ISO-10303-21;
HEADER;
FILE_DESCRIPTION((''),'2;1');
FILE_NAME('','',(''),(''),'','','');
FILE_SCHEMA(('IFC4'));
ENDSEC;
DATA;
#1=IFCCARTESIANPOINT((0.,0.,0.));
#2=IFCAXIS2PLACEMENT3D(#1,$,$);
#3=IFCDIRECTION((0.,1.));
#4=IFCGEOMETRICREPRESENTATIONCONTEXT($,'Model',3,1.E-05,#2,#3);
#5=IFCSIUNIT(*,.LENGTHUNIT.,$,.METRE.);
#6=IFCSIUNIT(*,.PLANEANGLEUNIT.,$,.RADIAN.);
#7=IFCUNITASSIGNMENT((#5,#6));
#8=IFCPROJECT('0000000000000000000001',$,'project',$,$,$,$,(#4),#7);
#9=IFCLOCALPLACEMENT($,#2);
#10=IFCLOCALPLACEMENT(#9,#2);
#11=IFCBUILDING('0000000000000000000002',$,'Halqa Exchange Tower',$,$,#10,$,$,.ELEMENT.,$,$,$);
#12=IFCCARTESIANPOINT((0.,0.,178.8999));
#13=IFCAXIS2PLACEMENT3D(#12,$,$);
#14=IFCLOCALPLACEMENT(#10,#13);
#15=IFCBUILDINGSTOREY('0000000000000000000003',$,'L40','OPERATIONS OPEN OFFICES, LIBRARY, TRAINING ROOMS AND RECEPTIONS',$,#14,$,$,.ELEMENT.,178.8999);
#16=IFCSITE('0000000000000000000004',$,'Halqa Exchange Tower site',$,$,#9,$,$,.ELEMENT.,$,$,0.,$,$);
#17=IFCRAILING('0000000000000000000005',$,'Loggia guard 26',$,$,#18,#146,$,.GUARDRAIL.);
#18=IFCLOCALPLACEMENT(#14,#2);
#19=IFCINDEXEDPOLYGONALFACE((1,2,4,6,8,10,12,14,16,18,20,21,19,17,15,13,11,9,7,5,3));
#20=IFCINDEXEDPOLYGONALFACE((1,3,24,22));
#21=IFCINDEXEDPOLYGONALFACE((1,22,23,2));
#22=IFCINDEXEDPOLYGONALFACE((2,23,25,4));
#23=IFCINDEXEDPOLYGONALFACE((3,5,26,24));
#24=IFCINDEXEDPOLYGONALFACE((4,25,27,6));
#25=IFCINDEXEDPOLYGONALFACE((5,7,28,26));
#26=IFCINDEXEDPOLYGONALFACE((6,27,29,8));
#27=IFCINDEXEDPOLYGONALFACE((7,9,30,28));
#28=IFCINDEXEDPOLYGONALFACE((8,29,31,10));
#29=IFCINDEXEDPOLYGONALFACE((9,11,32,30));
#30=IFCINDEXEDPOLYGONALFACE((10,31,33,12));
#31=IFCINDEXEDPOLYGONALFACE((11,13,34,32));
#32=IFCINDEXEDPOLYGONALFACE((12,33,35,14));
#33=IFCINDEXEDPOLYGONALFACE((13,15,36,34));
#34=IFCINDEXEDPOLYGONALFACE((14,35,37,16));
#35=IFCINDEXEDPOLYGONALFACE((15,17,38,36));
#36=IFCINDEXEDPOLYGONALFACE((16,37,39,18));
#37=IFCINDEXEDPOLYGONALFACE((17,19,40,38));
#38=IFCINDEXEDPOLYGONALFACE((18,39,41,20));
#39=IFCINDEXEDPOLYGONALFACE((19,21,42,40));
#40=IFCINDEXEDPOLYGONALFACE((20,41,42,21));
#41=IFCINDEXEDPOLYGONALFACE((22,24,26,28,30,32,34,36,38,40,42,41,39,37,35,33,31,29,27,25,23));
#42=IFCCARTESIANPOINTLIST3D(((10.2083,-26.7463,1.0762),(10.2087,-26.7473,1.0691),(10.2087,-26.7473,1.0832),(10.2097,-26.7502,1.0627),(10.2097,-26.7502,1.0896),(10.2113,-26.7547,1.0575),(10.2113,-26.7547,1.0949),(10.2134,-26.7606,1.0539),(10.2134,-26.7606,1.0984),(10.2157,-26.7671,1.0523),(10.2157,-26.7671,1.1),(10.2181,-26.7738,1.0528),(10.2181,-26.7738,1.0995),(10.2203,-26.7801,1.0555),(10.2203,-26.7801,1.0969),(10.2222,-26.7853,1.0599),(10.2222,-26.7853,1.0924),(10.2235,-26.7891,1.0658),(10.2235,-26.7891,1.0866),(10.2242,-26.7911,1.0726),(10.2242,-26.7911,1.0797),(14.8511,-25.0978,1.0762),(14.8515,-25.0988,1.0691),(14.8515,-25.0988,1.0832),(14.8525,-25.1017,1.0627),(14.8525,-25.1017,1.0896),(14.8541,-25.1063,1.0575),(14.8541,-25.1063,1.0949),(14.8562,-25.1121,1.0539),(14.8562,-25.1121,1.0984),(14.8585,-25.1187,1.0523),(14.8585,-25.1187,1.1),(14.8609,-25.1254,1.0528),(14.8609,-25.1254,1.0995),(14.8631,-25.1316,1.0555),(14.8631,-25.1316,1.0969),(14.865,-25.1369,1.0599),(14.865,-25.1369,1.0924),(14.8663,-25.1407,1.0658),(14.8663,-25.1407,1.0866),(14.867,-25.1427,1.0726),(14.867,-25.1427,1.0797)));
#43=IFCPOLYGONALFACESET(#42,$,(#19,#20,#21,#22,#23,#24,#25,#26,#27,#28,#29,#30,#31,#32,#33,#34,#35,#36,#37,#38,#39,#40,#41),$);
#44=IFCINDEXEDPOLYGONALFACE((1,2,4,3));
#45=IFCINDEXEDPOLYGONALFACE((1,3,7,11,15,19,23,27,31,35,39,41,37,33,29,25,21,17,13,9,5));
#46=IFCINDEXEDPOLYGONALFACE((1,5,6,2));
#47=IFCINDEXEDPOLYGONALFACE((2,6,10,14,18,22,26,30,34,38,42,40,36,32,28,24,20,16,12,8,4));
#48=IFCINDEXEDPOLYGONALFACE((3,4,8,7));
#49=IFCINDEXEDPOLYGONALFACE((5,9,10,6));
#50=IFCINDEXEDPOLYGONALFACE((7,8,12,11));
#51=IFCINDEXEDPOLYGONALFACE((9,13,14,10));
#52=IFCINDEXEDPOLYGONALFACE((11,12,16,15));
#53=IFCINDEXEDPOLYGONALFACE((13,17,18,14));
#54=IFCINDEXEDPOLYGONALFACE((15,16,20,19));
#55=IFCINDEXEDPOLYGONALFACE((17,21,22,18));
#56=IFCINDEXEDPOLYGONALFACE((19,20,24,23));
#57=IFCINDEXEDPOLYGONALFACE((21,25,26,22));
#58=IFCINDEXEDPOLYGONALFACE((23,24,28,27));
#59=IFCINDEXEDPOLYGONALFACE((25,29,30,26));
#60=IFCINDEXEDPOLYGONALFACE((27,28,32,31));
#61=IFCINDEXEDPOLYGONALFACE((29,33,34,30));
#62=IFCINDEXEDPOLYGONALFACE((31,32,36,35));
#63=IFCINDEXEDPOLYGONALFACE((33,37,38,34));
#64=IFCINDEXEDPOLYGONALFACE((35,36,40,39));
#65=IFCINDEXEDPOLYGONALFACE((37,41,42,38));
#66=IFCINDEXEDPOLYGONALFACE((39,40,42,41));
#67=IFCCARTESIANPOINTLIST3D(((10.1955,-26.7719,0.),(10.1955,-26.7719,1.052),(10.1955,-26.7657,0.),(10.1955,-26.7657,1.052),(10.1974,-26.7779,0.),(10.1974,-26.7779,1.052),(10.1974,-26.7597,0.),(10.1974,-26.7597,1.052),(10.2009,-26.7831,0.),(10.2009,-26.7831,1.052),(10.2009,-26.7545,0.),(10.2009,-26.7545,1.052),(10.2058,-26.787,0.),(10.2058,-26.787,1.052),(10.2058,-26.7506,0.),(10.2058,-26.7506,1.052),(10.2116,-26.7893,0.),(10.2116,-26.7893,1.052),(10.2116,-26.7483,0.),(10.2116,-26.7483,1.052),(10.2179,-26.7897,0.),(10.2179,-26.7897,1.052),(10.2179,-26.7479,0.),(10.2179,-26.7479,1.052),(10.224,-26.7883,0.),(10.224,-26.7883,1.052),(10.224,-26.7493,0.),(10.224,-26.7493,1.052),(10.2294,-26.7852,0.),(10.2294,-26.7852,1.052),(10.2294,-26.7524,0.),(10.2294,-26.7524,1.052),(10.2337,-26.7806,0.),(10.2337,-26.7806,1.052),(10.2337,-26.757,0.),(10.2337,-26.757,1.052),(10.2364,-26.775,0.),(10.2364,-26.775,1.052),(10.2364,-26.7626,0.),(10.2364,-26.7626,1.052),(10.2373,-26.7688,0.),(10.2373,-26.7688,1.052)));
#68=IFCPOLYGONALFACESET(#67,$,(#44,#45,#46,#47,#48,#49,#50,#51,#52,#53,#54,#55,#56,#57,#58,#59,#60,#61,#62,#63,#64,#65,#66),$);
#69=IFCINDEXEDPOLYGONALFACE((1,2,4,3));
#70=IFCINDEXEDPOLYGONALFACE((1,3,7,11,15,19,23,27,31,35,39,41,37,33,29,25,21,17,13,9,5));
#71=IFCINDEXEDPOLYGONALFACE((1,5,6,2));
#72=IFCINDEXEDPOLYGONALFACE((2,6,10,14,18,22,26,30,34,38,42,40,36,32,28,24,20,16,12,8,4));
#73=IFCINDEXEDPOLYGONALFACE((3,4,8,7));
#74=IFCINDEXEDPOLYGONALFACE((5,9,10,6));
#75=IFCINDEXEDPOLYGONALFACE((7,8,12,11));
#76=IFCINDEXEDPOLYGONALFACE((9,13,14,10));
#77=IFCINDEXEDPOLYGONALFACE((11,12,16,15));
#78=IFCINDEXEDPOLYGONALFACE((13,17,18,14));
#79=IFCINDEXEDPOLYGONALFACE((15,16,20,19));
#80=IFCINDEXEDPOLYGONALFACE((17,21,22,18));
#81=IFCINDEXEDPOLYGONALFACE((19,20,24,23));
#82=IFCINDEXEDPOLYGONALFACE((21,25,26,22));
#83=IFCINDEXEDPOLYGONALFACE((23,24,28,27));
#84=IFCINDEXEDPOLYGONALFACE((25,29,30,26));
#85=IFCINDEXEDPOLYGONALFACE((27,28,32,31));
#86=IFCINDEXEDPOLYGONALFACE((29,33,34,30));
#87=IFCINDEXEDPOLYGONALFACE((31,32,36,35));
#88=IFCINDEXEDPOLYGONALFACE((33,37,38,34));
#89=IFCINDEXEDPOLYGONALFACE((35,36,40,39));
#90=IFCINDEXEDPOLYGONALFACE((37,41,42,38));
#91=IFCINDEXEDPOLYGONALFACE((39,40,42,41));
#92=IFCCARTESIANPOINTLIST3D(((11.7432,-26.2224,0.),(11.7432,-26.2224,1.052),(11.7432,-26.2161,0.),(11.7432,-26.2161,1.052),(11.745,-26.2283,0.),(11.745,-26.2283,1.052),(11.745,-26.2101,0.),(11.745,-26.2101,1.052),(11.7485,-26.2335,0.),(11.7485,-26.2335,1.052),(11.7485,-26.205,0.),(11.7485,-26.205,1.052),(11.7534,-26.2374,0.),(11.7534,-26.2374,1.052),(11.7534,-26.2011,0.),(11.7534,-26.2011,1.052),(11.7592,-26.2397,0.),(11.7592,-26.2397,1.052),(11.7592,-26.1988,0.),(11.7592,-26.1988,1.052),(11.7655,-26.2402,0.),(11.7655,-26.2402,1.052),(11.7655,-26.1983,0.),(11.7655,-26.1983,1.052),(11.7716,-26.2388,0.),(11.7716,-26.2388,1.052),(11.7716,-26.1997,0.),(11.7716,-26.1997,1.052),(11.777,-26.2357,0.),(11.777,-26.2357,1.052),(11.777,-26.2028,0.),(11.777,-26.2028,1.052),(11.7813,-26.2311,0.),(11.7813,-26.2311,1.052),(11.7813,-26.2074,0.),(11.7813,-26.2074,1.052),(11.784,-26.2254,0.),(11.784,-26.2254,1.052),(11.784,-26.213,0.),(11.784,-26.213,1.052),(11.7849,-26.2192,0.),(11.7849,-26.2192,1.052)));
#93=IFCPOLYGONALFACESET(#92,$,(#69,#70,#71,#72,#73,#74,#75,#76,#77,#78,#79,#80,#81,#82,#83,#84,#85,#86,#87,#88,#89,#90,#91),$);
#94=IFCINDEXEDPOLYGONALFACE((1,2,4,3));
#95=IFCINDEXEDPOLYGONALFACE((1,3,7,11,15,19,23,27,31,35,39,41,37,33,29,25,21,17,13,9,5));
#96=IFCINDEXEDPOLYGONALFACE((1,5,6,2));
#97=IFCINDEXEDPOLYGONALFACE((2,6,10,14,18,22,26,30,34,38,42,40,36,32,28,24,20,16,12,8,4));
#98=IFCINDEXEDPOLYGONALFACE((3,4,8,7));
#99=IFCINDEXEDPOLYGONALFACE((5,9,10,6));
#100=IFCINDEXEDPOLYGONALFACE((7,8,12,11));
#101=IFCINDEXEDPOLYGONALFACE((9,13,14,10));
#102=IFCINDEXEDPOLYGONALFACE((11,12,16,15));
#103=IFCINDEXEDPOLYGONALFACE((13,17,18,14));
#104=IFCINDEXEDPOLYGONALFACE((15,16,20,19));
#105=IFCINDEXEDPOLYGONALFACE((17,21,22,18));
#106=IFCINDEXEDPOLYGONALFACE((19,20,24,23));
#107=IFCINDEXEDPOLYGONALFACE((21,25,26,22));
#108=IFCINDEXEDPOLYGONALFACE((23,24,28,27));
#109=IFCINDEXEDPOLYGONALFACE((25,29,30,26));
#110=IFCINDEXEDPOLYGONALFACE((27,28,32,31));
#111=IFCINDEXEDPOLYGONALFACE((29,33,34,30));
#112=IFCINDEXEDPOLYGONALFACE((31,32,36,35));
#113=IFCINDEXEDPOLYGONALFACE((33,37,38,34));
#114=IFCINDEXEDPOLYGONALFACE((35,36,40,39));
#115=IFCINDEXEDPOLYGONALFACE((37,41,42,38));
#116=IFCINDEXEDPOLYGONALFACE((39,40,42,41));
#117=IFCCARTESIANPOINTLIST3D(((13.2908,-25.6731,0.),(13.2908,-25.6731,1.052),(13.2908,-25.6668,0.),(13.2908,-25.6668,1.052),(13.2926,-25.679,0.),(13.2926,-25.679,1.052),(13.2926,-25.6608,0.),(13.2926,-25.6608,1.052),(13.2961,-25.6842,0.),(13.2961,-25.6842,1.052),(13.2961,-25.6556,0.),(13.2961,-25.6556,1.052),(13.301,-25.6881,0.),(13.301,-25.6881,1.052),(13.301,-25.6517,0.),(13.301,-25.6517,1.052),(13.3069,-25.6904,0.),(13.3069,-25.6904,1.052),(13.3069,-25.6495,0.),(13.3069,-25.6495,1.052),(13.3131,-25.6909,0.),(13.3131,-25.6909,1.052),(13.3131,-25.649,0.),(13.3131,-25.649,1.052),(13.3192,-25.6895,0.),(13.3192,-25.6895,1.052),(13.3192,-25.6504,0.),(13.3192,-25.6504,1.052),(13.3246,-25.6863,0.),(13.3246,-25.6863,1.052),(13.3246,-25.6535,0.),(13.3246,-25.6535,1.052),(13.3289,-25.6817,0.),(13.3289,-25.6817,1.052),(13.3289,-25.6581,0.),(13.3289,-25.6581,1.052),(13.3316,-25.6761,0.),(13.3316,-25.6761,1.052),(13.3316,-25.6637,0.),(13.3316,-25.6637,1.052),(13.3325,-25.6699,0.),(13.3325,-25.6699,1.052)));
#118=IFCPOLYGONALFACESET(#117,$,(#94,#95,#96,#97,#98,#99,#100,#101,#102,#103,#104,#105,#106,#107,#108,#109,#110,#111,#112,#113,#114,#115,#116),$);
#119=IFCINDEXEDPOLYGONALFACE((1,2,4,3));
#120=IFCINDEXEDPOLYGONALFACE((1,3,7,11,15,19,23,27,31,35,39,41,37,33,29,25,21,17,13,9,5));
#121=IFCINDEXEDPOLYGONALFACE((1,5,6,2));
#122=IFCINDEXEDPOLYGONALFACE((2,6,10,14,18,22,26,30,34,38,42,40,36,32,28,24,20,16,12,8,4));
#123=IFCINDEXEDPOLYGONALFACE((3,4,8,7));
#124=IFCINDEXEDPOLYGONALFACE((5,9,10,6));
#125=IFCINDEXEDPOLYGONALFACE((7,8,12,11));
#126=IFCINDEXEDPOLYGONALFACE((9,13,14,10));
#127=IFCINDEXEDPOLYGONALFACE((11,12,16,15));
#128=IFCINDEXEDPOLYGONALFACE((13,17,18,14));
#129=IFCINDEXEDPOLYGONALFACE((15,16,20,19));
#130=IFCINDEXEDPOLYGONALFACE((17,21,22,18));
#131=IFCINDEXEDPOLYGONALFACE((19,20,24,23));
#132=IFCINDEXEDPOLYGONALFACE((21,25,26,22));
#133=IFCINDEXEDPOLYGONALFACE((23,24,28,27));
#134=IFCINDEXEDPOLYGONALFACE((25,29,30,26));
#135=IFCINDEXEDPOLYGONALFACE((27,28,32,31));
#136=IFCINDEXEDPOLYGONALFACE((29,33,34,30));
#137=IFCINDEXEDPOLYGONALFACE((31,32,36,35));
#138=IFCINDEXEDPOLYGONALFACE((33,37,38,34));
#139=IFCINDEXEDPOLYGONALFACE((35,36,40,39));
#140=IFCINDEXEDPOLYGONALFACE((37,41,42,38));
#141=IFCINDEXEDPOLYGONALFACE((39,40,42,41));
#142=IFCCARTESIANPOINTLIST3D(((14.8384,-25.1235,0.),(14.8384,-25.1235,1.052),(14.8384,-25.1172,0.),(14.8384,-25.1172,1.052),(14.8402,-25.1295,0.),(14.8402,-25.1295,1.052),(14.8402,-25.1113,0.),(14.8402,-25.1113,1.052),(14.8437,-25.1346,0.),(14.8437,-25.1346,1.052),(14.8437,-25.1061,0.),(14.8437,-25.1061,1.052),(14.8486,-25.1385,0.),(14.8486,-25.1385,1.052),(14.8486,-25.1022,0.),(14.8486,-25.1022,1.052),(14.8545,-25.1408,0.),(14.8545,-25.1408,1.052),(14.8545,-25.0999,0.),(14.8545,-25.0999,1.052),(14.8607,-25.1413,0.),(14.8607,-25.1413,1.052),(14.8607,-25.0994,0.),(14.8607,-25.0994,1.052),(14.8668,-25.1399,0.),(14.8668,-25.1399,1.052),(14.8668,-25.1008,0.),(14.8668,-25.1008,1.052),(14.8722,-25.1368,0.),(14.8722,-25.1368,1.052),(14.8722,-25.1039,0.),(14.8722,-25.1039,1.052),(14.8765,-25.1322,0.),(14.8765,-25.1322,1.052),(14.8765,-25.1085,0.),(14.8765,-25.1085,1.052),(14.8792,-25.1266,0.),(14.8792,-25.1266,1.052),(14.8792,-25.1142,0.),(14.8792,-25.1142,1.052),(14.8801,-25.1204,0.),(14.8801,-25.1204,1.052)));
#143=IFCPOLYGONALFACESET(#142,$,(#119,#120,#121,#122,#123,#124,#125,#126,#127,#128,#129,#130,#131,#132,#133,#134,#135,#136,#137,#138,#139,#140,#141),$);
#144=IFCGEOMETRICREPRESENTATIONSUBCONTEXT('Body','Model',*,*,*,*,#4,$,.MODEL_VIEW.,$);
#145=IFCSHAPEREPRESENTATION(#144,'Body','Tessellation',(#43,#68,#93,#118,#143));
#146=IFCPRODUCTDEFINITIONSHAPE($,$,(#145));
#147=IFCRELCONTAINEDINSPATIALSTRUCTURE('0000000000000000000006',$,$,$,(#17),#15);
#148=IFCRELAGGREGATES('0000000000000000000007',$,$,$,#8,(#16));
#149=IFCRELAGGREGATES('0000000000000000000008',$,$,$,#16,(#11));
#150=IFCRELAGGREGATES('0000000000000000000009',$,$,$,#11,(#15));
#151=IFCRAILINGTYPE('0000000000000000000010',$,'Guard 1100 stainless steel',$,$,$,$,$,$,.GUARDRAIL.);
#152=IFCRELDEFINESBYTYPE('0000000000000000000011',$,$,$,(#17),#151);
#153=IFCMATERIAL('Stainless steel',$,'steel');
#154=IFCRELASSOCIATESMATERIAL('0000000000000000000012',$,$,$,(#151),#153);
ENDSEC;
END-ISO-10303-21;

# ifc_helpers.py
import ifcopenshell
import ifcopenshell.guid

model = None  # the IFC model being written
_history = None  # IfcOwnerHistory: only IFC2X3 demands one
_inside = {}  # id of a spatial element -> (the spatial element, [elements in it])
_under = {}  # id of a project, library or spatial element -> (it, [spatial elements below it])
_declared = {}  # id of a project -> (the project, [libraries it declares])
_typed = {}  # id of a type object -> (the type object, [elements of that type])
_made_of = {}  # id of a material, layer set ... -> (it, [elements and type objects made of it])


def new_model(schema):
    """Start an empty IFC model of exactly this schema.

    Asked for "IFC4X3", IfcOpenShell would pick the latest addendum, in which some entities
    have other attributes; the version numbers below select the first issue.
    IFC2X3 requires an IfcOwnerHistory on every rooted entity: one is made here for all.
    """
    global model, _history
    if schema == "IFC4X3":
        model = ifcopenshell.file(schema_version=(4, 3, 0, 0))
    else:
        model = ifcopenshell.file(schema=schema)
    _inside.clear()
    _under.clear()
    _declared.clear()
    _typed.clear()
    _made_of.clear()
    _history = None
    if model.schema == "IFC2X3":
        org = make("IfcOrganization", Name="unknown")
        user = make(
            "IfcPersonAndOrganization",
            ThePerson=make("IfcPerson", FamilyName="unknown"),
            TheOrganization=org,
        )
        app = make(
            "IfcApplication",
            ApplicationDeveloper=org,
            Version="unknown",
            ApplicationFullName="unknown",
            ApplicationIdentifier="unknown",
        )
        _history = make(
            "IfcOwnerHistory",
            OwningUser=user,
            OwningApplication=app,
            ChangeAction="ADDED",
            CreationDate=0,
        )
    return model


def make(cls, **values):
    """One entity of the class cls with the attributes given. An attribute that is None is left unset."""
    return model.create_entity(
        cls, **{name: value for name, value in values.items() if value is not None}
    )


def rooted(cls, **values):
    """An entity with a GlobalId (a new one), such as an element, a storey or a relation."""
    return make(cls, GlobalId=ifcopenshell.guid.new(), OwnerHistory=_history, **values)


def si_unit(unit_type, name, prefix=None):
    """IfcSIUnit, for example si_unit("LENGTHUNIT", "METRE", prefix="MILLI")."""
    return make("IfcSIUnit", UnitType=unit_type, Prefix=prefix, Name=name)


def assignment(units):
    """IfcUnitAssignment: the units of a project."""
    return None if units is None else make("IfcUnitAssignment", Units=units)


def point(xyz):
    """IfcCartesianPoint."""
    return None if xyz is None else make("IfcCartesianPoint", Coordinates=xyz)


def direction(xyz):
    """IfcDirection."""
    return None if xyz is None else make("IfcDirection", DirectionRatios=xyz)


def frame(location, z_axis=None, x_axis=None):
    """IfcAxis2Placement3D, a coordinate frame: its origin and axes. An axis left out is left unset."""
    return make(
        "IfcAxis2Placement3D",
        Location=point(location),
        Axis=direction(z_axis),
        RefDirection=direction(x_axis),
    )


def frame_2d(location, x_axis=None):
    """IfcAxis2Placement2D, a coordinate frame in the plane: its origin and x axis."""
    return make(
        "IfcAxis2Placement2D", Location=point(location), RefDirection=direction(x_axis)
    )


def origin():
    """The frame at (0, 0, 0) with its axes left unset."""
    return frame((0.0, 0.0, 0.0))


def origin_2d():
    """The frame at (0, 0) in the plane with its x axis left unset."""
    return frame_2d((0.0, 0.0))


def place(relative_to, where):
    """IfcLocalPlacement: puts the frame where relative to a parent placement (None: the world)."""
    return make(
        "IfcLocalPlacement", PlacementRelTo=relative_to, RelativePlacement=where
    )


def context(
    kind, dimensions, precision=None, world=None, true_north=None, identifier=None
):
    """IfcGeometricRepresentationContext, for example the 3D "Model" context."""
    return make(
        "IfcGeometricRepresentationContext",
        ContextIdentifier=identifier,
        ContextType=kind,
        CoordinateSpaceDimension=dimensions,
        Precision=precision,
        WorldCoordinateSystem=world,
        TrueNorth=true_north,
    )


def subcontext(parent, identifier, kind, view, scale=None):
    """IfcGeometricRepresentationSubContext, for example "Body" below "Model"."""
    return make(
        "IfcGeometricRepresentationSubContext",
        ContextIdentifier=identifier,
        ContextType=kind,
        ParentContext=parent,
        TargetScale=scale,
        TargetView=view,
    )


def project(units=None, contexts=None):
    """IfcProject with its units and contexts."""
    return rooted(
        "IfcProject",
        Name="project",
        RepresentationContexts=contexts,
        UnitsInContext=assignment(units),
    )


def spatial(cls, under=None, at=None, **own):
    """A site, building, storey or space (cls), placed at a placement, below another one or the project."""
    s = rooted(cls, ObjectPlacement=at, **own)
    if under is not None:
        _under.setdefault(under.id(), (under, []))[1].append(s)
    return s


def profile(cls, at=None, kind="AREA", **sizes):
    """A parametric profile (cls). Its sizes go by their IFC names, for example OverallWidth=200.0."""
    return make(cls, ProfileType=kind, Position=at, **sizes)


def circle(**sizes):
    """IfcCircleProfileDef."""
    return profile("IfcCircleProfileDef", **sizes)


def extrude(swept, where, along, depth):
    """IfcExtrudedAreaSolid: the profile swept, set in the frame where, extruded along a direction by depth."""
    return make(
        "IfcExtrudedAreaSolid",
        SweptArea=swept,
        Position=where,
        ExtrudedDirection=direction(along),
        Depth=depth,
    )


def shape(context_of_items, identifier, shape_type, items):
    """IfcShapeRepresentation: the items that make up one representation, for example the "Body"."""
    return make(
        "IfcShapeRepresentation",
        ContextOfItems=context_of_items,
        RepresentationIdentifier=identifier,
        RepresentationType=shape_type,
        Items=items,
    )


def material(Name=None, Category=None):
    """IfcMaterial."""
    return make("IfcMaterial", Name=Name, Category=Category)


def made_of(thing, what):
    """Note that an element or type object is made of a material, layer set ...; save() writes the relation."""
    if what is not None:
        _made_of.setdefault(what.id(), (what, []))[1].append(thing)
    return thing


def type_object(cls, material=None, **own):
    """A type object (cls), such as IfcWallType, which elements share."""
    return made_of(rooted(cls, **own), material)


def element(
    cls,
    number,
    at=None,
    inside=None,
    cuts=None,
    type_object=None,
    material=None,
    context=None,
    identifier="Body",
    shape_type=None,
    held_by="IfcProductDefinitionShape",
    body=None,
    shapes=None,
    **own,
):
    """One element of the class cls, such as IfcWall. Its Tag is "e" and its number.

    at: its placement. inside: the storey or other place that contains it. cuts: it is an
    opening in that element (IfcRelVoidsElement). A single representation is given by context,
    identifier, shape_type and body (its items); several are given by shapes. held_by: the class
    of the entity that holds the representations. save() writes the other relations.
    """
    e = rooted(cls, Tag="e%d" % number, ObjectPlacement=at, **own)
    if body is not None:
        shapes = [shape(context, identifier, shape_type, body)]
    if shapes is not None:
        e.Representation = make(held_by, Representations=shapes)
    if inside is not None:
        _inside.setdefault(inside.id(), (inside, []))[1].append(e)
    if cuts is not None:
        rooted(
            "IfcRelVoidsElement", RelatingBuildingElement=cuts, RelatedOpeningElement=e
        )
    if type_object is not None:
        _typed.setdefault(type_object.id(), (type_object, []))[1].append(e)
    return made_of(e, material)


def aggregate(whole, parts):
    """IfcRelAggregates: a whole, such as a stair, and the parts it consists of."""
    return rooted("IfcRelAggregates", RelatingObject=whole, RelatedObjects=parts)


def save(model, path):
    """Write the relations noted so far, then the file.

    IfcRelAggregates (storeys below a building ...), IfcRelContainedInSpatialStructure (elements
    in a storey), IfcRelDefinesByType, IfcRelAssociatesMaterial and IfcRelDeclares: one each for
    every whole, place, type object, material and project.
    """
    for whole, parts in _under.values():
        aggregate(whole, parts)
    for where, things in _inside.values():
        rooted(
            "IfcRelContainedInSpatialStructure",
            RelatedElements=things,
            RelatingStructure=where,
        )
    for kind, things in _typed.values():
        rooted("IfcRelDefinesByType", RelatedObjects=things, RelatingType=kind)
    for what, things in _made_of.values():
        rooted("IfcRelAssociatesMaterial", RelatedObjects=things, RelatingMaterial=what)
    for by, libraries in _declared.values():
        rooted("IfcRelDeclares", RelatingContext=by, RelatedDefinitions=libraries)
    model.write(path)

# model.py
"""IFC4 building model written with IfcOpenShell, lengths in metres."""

from ifc_helpers import new_model, si_unit, direction, frame, origin, origin_2d, place, context, subcontext, project, spatial, circle, extrude, material, type_object, element, save


model = new_model("IFC4")

# Units and contexts
model_context = context("Model", 3, precision=1e-05, world=origin(), true_north=direction((0.0, 1.0)))
body_context = subcontext(model_context, "Body", "Model", "MODEL_VIEW")
ifc_project = project(units=[si_unit("LENGTHUNIT", "METRE"), si_unit("PLANEANGLEUNIT", "RADIAN")], contexts=[model_context])

# Site, building, storey
site_placement = place(None, origin())
site = spatial("IfcSite", under=ifc_project, at=site_placement, Name="Halqa Exchange Tower site", CompositionType="ELEMENT", RefElevation=0.0)
building_placement = place(site_placement, origin())
building = spatial("IfcBuilding", under=site, at=building_placement, Name="Halqa Exchange Tower", CompositionType="ELEMENT")
storey_placement = place(building_placement, frame((0.0, 0.0, 178.8999)))
storey = spatial("IfcBuildingStorey", under=building, at=storey_placement, Name="L40", Description="OPERATIONS OPEN OFFICES, LIBRARY, TRAINING ROOMS AND RECEPTIONS", CompositionType="ELEMENT", Elevation=178.8999)

# Railing
ifc_material_1 = material(Name="Stainless steel", Category="steel")
railing_type = type_object("IfcRailingType", Name="Guard 1100 stainless steel", PredefinedType="GUARDRAIL", material=ifc_material_1)
railing_1_placement = place(storey_placement, frame((10.2163, -26.7688, 0.0)))
element("IfcRailing", 1, at=railing_1_placement, inside=storey, type_object=railing_type, Name="Loggia guard 26", PredefinedType="GUARDRAIL", context=body_context, shape_type="SweptSolid", body=[
    extrude(circle(Radius=0.0239, at=origin_2d()), frame((0.0, 0.0, 1.0762), z_axis=(0.942365, 0.334587, 0.0), x_axis=(-0.334587, 0.942365, 0.0)), (0.0, 0.0, 1.0), 4.9268),
    extrude(circle(Radius=0.021, at=origin_2d()), origin(), (0.0, 0.0, 1.0), 1.052),
    extrude(circle(Radius=0.021, at=origin_2d()), frame((1.5476, 0.5496, 0.0)), (0.0, 0.0, 1.0), 1.052),
    extrude(circle(Radius=0.021, at=origin_2d()), frame((3.0952, 1.0989, 0.0)), (0.0, 0.0, 1.0), 1.052),
    extrude(circle(Radius=0.021, at=origin_2d()), frame((4.6428, 1.6484, 0.0)), (0.0, 0.0, 1.0), 1.052),
])

save(model, "model.ifc")
